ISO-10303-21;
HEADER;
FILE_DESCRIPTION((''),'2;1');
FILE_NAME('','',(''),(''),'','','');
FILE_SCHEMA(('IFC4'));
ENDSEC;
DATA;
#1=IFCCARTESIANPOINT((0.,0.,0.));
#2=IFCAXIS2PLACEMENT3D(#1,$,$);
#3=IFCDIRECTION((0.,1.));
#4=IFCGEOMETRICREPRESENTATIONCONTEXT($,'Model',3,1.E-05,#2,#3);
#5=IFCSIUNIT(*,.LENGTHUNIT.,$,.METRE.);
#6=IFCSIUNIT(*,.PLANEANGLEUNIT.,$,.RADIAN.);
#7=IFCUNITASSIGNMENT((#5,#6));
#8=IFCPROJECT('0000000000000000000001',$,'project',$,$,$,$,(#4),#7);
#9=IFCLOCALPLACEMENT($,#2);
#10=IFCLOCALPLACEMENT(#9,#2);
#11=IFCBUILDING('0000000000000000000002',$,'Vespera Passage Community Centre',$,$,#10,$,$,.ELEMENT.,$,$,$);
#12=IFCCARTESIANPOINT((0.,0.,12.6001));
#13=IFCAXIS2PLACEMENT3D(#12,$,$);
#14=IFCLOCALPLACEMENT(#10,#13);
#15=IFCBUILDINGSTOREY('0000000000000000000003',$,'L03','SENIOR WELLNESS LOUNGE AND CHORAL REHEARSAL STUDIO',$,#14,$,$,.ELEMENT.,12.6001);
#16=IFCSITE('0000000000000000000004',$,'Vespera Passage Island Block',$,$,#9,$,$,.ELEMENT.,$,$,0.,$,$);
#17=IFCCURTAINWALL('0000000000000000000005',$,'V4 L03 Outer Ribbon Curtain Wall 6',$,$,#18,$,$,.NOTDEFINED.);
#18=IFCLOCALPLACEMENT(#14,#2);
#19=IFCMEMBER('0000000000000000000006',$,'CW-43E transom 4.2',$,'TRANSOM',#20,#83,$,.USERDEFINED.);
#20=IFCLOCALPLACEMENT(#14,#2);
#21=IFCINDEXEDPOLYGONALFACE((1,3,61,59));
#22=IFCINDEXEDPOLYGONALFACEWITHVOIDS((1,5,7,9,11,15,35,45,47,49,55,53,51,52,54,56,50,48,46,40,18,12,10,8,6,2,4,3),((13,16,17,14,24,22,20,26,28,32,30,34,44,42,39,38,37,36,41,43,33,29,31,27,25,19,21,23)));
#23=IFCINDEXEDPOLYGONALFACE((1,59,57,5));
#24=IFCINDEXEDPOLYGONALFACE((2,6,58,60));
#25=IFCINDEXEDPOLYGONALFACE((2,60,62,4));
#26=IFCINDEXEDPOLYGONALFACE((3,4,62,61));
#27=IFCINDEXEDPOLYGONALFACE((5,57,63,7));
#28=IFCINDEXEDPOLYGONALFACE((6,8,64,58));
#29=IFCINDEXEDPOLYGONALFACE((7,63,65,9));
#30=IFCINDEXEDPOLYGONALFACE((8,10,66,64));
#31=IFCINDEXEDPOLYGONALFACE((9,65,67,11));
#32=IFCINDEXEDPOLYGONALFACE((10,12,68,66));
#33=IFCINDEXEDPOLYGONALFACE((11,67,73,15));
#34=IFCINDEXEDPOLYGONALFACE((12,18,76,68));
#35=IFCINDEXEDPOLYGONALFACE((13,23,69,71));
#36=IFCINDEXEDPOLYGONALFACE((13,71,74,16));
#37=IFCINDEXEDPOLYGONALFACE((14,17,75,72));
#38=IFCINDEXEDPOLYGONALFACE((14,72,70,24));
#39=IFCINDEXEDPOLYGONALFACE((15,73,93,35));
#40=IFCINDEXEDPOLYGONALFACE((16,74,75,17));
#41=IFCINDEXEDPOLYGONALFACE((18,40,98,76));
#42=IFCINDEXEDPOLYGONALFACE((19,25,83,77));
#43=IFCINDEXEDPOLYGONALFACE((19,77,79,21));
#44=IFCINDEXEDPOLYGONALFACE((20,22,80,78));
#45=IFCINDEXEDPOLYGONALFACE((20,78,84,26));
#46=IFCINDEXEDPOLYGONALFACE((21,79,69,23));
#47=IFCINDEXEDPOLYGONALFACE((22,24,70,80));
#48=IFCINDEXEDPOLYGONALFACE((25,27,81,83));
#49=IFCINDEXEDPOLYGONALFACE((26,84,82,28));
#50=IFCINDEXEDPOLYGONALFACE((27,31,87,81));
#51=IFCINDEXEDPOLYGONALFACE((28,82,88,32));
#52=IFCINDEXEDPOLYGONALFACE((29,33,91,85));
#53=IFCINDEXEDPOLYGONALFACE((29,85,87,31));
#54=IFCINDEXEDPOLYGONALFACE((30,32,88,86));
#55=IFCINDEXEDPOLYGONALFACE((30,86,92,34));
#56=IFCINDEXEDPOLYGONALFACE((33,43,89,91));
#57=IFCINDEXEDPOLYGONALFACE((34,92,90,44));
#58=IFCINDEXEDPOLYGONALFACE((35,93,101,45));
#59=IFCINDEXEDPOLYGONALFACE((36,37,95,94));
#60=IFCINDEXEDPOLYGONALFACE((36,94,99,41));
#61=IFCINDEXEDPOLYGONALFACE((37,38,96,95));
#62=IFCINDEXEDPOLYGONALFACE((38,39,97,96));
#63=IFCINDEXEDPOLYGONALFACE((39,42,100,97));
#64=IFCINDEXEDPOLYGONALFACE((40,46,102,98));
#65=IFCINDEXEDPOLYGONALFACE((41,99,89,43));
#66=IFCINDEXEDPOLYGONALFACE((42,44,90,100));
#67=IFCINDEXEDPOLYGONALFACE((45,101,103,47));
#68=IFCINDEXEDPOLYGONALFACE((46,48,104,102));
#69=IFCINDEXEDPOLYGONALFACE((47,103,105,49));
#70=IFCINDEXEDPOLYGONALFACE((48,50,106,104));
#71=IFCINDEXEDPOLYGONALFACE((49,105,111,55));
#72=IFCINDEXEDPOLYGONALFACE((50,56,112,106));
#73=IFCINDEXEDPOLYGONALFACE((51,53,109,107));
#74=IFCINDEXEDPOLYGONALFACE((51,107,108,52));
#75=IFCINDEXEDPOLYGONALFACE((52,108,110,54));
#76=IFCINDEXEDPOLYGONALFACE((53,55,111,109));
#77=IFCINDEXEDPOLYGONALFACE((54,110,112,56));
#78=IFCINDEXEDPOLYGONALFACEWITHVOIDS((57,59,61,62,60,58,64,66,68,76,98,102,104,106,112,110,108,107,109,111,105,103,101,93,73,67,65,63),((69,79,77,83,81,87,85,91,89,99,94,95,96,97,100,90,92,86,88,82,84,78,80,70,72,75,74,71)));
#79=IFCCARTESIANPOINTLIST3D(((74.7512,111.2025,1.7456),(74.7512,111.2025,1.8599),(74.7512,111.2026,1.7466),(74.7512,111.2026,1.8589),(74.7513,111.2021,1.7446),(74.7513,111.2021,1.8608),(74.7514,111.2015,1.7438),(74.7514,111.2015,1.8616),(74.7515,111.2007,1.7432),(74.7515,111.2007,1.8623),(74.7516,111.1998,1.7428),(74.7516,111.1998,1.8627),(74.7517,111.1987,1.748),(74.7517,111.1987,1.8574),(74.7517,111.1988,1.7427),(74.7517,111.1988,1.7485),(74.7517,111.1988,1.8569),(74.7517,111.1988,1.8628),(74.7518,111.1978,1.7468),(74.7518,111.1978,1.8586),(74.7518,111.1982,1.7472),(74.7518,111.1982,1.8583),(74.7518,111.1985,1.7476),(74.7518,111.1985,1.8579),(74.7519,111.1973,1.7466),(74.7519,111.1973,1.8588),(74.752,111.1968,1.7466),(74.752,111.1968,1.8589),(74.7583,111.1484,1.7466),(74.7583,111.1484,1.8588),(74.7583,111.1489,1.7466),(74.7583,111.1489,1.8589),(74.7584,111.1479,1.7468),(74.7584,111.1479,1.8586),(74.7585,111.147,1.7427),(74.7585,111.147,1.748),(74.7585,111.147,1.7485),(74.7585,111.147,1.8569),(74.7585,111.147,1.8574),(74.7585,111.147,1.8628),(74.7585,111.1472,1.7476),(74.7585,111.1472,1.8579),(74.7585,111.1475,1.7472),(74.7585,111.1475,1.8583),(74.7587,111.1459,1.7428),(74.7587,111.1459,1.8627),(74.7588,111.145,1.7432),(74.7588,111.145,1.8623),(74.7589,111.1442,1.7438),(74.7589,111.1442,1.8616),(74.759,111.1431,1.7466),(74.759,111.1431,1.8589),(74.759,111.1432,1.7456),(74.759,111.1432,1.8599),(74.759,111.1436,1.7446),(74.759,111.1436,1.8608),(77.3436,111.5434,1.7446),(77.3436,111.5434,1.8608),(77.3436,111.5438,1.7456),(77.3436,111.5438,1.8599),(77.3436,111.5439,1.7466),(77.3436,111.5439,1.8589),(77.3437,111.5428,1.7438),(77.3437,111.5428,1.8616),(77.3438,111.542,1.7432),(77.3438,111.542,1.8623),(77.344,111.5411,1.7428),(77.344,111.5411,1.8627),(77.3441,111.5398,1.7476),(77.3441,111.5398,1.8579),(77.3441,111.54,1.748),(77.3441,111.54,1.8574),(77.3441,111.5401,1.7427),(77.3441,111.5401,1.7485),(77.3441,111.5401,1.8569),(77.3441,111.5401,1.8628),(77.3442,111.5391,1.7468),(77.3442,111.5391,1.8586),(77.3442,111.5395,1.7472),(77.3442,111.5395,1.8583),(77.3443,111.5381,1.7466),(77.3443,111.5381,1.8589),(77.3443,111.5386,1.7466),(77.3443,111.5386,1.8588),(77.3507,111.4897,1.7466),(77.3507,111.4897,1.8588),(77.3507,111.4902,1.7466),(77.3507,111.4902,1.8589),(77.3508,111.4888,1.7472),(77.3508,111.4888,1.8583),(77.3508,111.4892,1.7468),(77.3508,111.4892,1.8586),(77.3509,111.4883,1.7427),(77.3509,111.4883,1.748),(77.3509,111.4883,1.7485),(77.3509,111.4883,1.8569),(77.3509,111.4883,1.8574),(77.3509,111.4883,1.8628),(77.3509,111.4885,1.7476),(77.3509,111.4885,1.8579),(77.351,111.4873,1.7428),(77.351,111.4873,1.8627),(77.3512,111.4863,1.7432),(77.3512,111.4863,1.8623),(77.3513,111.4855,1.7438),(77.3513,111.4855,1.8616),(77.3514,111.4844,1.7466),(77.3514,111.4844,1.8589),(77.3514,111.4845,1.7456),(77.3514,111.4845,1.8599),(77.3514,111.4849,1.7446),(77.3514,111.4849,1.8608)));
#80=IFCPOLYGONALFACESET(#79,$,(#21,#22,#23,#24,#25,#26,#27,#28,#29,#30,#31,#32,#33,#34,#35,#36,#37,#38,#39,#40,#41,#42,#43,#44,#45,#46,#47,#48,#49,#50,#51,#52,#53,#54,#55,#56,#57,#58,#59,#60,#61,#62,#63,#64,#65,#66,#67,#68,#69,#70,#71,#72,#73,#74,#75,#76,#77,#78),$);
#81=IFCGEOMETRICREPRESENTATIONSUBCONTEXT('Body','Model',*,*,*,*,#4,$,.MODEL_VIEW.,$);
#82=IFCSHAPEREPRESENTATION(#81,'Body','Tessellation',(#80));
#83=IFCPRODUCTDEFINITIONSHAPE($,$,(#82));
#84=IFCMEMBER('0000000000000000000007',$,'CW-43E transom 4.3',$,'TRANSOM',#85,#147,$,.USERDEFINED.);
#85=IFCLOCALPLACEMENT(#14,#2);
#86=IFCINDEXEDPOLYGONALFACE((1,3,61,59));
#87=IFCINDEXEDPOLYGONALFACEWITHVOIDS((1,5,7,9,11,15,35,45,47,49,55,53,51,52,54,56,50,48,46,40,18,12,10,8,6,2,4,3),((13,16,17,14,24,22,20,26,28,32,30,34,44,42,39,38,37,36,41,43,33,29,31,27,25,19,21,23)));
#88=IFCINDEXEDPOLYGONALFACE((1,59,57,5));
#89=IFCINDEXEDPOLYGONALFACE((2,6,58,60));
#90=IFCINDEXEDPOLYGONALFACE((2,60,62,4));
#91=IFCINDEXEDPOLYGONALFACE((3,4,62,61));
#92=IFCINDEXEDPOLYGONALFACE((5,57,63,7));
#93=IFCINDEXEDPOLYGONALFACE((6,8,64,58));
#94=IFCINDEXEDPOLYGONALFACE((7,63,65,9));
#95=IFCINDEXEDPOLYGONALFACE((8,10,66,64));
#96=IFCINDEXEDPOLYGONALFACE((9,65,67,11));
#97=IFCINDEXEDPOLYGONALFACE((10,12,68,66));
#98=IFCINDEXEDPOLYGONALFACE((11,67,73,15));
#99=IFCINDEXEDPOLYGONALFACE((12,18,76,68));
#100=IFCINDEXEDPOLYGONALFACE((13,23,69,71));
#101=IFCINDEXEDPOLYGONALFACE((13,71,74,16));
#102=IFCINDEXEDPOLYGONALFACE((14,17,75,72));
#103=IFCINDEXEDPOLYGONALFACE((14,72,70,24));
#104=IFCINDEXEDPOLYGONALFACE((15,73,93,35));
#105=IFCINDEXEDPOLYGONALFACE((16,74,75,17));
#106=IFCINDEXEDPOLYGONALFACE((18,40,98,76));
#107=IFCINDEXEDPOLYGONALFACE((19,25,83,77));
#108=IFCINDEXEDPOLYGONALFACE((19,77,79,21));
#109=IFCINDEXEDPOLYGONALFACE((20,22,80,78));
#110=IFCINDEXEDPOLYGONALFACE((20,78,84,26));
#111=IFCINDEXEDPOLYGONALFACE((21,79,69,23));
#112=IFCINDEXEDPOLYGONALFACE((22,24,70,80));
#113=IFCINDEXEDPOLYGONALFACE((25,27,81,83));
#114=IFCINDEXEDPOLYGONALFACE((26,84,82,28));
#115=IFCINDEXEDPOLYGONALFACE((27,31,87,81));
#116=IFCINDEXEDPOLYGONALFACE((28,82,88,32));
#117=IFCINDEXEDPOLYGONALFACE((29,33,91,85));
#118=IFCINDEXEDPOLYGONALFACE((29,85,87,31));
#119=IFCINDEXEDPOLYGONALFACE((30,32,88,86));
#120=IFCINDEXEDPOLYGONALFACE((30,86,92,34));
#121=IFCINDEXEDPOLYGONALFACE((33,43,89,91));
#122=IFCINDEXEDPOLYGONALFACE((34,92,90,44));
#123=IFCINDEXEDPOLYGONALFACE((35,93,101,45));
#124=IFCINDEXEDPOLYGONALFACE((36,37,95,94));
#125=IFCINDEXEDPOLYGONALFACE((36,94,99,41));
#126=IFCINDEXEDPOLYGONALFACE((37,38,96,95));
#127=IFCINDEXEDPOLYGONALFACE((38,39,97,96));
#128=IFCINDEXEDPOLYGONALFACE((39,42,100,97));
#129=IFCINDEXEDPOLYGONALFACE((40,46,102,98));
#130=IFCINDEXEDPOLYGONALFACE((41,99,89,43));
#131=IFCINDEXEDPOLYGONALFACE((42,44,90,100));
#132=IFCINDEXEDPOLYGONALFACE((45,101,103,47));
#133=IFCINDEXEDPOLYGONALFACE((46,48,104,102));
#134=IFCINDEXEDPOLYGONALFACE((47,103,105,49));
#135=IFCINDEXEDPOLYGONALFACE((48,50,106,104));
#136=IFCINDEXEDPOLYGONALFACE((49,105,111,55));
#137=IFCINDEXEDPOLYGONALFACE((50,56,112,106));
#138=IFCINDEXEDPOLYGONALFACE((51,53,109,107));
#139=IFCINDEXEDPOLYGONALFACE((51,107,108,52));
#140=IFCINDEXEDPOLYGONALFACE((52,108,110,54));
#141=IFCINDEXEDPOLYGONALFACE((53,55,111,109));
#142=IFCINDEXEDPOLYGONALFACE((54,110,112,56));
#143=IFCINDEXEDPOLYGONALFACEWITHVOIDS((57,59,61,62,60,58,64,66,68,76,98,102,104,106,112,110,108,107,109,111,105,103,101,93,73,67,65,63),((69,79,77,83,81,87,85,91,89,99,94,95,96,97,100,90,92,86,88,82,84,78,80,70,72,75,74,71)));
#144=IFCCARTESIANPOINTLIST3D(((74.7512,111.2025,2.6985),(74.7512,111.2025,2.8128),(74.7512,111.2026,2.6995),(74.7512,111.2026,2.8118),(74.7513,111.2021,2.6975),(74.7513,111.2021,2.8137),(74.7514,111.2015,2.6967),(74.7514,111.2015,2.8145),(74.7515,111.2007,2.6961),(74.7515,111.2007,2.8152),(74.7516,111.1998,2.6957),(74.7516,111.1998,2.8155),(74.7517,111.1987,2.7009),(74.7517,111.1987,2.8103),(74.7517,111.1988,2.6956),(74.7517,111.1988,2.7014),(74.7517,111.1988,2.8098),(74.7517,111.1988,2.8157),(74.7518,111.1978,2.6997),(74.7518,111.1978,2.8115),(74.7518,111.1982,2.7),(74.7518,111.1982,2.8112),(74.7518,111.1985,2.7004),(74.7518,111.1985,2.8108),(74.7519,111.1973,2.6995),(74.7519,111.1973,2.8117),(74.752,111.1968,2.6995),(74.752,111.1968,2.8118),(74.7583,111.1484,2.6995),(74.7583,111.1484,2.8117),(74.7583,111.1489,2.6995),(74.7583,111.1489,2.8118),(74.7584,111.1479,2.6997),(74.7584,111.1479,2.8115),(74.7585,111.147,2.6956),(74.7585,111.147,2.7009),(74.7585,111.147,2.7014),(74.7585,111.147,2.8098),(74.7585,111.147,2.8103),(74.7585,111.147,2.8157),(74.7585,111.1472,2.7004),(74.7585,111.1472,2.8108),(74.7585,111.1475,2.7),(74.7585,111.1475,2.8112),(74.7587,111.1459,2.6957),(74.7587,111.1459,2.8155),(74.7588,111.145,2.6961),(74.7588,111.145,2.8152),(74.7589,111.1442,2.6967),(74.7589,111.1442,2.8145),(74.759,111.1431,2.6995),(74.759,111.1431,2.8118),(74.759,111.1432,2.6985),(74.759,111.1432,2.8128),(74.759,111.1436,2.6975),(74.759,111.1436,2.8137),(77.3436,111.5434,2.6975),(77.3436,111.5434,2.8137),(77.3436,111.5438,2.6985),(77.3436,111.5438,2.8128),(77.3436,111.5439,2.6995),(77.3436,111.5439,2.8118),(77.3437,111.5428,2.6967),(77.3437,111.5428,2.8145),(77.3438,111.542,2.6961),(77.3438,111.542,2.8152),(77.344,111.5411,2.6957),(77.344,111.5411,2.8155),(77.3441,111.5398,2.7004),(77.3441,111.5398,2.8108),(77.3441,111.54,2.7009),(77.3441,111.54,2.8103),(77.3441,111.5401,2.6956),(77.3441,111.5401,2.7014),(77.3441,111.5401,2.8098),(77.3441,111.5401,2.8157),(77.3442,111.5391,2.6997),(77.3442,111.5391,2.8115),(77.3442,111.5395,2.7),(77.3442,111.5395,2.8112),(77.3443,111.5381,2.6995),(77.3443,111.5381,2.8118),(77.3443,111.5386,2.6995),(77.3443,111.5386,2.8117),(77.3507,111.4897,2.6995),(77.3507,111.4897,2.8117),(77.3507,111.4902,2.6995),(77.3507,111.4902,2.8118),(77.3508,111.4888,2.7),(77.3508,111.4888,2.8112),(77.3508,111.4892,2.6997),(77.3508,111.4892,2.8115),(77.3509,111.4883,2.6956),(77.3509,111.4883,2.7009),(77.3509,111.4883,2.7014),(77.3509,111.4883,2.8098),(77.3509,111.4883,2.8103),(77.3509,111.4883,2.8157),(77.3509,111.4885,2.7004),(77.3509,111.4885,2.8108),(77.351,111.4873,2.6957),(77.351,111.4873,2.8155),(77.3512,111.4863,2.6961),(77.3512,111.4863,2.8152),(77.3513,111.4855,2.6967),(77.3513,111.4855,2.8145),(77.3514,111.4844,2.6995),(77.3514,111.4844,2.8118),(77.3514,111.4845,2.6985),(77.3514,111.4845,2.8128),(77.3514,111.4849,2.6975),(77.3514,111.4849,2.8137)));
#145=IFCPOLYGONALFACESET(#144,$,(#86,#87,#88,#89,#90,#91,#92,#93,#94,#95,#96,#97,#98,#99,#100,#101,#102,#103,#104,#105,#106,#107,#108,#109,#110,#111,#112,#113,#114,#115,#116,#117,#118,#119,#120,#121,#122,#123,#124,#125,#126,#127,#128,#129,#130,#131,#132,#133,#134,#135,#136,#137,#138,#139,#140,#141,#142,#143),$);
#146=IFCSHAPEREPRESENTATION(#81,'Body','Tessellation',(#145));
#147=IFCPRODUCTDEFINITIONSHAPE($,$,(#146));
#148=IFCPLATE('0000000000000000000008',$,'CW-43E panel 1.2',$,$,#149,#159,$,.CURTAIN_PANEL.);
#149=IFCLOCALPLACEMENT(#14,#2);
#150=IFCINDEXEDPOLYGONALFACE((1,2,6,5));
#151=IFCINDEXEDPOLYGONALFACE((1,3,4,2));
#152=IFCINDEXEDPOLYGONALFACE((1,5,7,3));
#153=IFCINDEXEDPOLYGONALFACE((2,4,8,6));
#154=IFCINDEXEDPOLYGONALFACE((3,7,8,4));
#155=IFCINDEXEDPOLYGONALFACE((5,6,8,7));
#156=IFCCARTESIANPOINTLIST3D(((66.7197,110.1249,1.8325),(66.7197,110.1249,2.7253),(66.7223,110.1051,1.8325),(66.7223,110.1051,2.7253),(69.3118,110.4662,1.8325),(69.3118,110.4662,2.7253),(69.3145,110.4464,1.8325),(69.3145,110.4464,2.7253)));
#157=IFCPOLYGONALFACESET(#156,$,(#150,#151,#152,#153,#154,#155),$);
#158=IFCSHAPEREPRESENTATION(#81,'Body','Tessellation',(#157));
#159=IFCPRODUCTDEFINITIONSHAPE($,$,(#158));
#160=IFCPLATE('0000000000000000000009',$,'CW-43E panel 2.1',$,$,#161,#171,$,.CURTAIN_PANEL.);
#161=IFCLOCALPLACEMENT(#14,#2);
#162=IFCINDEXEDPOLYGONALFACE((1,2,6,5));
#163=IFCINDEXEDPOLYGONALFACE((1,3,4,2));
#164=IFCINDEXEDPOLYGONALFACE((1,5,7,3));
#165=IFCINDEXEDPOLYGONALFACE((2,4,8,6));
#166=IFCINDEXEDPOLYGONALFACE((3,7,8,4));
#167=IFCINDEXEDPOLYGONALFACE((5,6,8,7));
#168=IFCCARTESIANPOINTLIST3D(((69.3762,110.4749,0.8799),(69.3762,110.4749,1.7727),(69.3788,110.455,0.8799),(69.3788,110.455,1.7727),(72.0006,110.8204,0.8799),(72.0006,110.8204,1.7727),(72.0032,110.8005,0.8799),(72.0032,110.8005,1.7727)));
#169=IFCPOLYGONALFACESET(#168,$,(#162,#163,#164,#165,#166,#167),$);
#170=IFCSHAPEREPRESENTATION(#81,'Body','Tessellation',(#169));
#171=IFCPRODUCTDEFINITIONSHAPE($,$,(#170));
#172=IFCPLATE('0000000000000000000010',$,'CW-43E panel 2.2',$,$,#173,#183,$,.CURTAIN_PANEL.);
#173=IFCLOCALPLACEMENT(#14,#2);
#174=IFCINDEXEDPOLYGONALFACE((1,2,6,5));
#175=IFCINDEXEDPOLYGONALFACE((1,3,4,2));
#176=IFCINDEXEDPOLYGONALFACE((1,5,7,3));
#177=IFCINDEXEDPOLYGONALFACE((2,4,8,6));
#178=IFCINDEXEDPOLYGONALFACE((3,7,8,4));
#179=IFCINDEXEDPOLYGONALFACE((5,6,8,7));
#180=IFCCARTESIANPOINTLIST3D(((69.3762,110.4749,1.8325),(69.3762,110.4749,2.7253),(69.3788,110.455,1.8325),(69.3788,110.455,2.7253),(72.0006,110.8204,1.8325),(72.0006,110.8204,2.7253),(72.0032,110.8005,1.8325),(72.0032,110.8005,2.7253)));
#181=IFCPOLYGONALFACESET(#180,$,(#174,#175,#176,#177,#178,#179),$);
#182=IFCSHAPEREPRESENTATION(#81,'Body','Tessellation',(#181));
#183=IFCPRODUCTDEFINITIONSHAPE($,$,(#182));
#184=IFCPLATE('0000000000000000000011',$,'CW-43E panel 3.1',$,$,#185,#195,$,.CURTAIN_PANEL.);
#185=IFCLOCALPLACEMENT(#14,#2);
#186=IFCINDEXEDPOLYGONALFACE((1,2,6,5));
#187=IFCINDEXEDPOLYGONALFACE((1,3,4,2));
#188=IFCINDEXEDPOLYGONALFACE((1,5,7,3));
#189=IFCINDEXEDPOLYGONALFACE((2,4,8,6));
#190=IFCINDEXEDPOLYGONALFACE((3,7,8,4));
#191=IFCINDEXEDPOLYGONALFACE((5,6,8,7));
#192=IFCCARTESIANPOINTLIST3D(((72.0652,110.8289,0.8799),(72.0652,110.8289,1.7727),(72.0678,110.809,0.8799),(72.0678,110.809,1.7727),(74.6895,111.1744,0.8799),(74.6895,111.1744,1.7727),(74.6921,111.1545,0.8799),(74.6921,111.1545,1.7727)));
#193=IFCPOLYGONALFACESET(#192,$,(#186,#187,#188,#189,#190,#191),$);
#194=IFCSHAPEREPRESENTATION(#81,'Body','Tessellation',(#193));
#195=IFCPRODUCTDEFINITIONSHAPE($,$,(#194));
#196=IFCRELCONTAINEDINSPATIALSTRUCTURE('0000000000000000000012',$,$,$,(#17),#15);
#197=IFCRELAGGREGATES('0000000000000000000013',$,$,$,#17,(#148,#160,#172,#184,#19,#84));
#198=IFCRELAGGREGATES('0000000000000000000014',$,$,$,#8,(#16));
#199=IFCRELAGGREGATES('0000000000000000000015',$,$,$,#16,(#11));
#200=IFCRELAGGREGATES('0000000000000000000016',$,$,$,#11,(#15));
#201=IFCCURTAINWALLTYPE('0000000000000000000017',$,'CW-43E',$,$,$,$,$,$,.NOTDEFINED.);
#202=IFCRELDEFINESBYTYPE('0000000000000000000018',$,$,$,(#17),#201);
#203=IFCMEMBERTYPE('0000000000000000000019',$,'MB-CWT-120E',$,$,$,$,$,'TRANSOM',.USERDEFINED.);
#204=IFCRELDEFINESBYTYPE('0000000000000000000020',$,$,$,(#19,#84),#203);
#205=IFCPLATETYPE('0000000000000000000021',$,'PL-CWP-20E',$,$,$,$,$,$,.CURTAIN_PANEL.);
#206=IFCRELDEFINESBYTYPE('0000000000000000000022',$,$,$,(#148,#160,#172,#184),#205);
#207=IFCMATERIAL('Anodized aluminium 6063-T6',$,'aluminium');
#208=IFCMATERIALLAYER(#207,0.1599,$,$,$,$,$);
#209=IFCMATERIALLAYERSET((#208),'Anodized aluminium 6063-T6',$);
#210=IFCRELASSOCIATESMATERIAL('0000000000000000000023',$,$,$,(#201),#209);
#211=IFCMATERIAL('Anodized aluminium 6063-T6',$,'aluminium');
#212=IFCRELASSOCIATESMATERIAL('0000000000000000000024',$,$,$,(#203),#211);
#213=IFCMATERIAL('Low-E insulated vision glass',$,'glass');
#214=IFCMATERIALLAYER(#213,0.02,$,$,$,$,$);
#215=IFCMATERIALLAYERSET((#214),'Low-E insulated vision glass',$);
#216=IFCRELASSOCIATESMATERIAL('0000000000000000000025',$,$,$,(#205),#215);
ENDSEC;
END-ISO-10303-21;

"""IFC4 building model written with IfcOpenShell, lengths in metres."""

from ifc_helpers import new_model, si_unit, direction, frame, origin, origin_2d, place, context, subcontext, project, spatial, rectangle, hollow_rectangle, extrude, material, layer, layer_set, material_profile, profile_set, type_object, element, aggregate, save


model = new_model("IFC4")

# Units and contexts
model_context = context("Model", 3, precision=1e-05, world=origin(), true_north=direction((0.0, 1.0)))
body_context = subcontext(model_context, "Body", "Model", "MODEL_VIEW")
ifc_project = project(units=[si_unit("LENGTHUNIT", "METRE"), si_unit("PLANEANGLEUNIT", "RADIAN")], contexts=[model_context])

# Site, building, storey
site_placement = place(None, origin())
site = spatial("IfcSite", under=ifc_project, at=site_placement, Name="Vespera Passage Island Block", CompositionType="ELEMENT", RefElevation=0.0)
building_placement = place(site_placement, origin())
building = spatial("IfcBuilding", under=site, at=building_placement, Name="Vespera Passage Community Centre", CompositionType="ELEMENT")
storey_placement = place(building_placement, frame((0.0, 0.0, 12.6001)))
storey = spatial("IfcBuildingStorey", under=building, at=storey_placement, Name="L03", Description="SENIOR WELLNESS LOUNGE AND CHORAL REHEARSAL STUDIO", CompositionType="ELEMENT", Elevation=12.6001)

# Curtain wall, members, plates
ifc_material_1 = material(Name="Anodized aluminium 6063-T6", Category="aluminium")
ifc_layer_1 = layer(ifc_material_1, 0.1599)
ifc_layer_set_1 = layer_set([ifc_layer_1], Name="Anodized aluminium 6063-T6")
curtain_wall_type = type_object("IfcCurtainWallType", Name="CW-43E", PredefinedType="NOTDEFINED", material=ifc_layer_set_1)
curtain_wall_placement = place(storey_placement, origin())
curtain_wall = element("IfcCurtainWall", 1, at=curtain_wall_placement, inside=storey, type_object=curtain_wall_type, Name="V4 L03 Outer Ribbon Curtain Wall 6", PredefinedType="NOTDEFINED")
ifc_material_2 = material(Name="Anodized aluminium 6063-T6", Category="aluminium")
ifc_material_profile_1 = material_profile(ifc_material_2, hollow_rectangle(XDim=0.0601, YDim=0.1201, WallThickness=0.0039, InnerFilletRadius=0.002, OuterFilletRadius=0.0039, at=origin_2d()), Name="ALU120X60X4")
ifc_profile_set_1 = profile_set([ifc_material_profile_1], Name="Anodized aluminium 6063-T6")
member_type_1 = type_object("IfcMemberType", Name="MB-CWT-120E", ElementType="TRANSOM", PredefinedType="USERDEFINED", material=ifc_profile_set_1)
member_1_placement = place(storey_placement, frame((74.7551, 111.1729, 1.8027), z_axis=(0.991443, 0.130537, 0.0), x_axis=(-0.130537, 0.991443, 0.0)))
member_1 = element("IfcMember", 2, at=member_1_placement, type_object=member_type_1, Name="CW-43E transom 4.2", ObjectType="TRANSOM", PredefinedType="USERDEFINED", context=body_context, shape_type="SweptSolid", body=[
    extrude(hollow_rectangle(XDim=0.0601, YDim=0.1201, WallThickness=0.0039, InnerFilletRadius=0.002, OuterFilletRadius=0.0039, at=origin_2d()), origin(), (0.0, 0.0, 1.0), 2.6147),
])
member_2_placement = place(storey_placement, frame((74.7551, 111.1729, 2.7556), z_axis=(0.991443, 0.130537, 0.0), x_axis=(-0.130537, 0.991443, 0.0)))
member_2 = element("IfcMember", 3, at=member_2_placement, type_object=member_type_1, Name="CW-43E transom 4.3", ObjectType="TRANSOM", PredefinedType="USERDEFINED", context=body_context, shape_type="SweptSolid", body=[
    extrude(hollow_rectangle(XDim=0.0601, YDim=0.1201, WallThickness=0.0039, InnerFilletRadius=0.002, OuterFilletRadius=0.0039, at=origin_2d()), origin(), (0.0, 0.0, 1.0), 2.6147),
])
ifc_material_3 = material(Name="Low-E insulated vision glass", Category="glass")
ifc_layer_2 = layer(ifc_material_3, 0.02)
ifc_layer_set_2 = layer_set([ifc_layer_2], Name="Low-E insulated vision glass")
plate_type = type_object("IfcPlateType", Name="PL-CWP-20E", PredefinedType="CURTAIN_PANEL", material=ifc_layer_set_2)
plate_1_placement = place(storey_placement, frame((68.0171, 110.2856, 1.8325), z_axis=(0.0, 0.0, 1.0), x_axis=(0.991444, 0.130531, 0.0)))
plate_1 = element("IfcPlate", 4, at=plate_1_placement, type_object=plate_type, Name="CW-43E panel 1.2", PredefinedType="CURTAIN_PANEL", context=body_context, shape_type="SweptSolid", body=[
    extrude(rectangle(XDim=2.6145, YDim=0.02, at=origin_2d()), origin(), (0.0, 0.0, 1.0), 0.8928),
])
plate_2_placement = place(storey_placement, frame((70.6897, 110.6377, 0.8799), z_axis=(0.0, 0.0, 1.0), x_axis=(0.991444, 0.130531, 0.0)))
plate_2 = element("IfcPlate", 5, at=plate_2_placement, type_object=plate_type, Name="CW-43E panel 2.1", PredefinedType="CURTAIN_PANEL", context=body_context, shape_type="SweptSolid", body=[
    extrude(rectangle(XDim=2.647, YDim=0.02, at=origin_2d()), origin(), (0.0, 0.0, 1.0), 0.8928),
])
plate_3_placement = place(storey_placement, frame((70.6897, 110.6377, 1.8325), z_axis=(0.0, 0.0, 1.0), x_axis=(0.991444, 0.130531, 0.0)))
plate_3 = element("IfcPlate", 6, at=plate_3_placement, type_object=plate_type, Name="CW-43E panel 2.2", PredefinedType="CURTAIN_PANEL", context=body_context, shape_type="SweptSolid", body=[
    extrude(rectangle(XDim=2.647, YDim=0.02, at=origin_2d()), origin(), (0.0, 0.0, 1.0), 0.8928),
])
plate_4_placement = place(storey_placement, frame((73.3787, 110.9917, 0.8799), z_axis=(0.0, 0.0, 1.0), x_axis=(0.991444, 0.130531, 0.0)))
plate_4 = element("IfcPlate", 7, at=plate_4_placement, type_object=plate_type, Name="CW-43E panel 3.1", PredefinedType="CURTAIN_PANEL", context=body_context, shape_type="SweptSolid", body=[
    extrude(rectangle(XDim=2.647, YDim=0.02, at=origin_2d()), origin(), (0.0, 0.0, 1.0), 0.8928),
])
aggregate(curtain_wall, [plate_1, plate_2, plate_3, plate_4, member_1, member_2])

save(model, "model.ifc")
